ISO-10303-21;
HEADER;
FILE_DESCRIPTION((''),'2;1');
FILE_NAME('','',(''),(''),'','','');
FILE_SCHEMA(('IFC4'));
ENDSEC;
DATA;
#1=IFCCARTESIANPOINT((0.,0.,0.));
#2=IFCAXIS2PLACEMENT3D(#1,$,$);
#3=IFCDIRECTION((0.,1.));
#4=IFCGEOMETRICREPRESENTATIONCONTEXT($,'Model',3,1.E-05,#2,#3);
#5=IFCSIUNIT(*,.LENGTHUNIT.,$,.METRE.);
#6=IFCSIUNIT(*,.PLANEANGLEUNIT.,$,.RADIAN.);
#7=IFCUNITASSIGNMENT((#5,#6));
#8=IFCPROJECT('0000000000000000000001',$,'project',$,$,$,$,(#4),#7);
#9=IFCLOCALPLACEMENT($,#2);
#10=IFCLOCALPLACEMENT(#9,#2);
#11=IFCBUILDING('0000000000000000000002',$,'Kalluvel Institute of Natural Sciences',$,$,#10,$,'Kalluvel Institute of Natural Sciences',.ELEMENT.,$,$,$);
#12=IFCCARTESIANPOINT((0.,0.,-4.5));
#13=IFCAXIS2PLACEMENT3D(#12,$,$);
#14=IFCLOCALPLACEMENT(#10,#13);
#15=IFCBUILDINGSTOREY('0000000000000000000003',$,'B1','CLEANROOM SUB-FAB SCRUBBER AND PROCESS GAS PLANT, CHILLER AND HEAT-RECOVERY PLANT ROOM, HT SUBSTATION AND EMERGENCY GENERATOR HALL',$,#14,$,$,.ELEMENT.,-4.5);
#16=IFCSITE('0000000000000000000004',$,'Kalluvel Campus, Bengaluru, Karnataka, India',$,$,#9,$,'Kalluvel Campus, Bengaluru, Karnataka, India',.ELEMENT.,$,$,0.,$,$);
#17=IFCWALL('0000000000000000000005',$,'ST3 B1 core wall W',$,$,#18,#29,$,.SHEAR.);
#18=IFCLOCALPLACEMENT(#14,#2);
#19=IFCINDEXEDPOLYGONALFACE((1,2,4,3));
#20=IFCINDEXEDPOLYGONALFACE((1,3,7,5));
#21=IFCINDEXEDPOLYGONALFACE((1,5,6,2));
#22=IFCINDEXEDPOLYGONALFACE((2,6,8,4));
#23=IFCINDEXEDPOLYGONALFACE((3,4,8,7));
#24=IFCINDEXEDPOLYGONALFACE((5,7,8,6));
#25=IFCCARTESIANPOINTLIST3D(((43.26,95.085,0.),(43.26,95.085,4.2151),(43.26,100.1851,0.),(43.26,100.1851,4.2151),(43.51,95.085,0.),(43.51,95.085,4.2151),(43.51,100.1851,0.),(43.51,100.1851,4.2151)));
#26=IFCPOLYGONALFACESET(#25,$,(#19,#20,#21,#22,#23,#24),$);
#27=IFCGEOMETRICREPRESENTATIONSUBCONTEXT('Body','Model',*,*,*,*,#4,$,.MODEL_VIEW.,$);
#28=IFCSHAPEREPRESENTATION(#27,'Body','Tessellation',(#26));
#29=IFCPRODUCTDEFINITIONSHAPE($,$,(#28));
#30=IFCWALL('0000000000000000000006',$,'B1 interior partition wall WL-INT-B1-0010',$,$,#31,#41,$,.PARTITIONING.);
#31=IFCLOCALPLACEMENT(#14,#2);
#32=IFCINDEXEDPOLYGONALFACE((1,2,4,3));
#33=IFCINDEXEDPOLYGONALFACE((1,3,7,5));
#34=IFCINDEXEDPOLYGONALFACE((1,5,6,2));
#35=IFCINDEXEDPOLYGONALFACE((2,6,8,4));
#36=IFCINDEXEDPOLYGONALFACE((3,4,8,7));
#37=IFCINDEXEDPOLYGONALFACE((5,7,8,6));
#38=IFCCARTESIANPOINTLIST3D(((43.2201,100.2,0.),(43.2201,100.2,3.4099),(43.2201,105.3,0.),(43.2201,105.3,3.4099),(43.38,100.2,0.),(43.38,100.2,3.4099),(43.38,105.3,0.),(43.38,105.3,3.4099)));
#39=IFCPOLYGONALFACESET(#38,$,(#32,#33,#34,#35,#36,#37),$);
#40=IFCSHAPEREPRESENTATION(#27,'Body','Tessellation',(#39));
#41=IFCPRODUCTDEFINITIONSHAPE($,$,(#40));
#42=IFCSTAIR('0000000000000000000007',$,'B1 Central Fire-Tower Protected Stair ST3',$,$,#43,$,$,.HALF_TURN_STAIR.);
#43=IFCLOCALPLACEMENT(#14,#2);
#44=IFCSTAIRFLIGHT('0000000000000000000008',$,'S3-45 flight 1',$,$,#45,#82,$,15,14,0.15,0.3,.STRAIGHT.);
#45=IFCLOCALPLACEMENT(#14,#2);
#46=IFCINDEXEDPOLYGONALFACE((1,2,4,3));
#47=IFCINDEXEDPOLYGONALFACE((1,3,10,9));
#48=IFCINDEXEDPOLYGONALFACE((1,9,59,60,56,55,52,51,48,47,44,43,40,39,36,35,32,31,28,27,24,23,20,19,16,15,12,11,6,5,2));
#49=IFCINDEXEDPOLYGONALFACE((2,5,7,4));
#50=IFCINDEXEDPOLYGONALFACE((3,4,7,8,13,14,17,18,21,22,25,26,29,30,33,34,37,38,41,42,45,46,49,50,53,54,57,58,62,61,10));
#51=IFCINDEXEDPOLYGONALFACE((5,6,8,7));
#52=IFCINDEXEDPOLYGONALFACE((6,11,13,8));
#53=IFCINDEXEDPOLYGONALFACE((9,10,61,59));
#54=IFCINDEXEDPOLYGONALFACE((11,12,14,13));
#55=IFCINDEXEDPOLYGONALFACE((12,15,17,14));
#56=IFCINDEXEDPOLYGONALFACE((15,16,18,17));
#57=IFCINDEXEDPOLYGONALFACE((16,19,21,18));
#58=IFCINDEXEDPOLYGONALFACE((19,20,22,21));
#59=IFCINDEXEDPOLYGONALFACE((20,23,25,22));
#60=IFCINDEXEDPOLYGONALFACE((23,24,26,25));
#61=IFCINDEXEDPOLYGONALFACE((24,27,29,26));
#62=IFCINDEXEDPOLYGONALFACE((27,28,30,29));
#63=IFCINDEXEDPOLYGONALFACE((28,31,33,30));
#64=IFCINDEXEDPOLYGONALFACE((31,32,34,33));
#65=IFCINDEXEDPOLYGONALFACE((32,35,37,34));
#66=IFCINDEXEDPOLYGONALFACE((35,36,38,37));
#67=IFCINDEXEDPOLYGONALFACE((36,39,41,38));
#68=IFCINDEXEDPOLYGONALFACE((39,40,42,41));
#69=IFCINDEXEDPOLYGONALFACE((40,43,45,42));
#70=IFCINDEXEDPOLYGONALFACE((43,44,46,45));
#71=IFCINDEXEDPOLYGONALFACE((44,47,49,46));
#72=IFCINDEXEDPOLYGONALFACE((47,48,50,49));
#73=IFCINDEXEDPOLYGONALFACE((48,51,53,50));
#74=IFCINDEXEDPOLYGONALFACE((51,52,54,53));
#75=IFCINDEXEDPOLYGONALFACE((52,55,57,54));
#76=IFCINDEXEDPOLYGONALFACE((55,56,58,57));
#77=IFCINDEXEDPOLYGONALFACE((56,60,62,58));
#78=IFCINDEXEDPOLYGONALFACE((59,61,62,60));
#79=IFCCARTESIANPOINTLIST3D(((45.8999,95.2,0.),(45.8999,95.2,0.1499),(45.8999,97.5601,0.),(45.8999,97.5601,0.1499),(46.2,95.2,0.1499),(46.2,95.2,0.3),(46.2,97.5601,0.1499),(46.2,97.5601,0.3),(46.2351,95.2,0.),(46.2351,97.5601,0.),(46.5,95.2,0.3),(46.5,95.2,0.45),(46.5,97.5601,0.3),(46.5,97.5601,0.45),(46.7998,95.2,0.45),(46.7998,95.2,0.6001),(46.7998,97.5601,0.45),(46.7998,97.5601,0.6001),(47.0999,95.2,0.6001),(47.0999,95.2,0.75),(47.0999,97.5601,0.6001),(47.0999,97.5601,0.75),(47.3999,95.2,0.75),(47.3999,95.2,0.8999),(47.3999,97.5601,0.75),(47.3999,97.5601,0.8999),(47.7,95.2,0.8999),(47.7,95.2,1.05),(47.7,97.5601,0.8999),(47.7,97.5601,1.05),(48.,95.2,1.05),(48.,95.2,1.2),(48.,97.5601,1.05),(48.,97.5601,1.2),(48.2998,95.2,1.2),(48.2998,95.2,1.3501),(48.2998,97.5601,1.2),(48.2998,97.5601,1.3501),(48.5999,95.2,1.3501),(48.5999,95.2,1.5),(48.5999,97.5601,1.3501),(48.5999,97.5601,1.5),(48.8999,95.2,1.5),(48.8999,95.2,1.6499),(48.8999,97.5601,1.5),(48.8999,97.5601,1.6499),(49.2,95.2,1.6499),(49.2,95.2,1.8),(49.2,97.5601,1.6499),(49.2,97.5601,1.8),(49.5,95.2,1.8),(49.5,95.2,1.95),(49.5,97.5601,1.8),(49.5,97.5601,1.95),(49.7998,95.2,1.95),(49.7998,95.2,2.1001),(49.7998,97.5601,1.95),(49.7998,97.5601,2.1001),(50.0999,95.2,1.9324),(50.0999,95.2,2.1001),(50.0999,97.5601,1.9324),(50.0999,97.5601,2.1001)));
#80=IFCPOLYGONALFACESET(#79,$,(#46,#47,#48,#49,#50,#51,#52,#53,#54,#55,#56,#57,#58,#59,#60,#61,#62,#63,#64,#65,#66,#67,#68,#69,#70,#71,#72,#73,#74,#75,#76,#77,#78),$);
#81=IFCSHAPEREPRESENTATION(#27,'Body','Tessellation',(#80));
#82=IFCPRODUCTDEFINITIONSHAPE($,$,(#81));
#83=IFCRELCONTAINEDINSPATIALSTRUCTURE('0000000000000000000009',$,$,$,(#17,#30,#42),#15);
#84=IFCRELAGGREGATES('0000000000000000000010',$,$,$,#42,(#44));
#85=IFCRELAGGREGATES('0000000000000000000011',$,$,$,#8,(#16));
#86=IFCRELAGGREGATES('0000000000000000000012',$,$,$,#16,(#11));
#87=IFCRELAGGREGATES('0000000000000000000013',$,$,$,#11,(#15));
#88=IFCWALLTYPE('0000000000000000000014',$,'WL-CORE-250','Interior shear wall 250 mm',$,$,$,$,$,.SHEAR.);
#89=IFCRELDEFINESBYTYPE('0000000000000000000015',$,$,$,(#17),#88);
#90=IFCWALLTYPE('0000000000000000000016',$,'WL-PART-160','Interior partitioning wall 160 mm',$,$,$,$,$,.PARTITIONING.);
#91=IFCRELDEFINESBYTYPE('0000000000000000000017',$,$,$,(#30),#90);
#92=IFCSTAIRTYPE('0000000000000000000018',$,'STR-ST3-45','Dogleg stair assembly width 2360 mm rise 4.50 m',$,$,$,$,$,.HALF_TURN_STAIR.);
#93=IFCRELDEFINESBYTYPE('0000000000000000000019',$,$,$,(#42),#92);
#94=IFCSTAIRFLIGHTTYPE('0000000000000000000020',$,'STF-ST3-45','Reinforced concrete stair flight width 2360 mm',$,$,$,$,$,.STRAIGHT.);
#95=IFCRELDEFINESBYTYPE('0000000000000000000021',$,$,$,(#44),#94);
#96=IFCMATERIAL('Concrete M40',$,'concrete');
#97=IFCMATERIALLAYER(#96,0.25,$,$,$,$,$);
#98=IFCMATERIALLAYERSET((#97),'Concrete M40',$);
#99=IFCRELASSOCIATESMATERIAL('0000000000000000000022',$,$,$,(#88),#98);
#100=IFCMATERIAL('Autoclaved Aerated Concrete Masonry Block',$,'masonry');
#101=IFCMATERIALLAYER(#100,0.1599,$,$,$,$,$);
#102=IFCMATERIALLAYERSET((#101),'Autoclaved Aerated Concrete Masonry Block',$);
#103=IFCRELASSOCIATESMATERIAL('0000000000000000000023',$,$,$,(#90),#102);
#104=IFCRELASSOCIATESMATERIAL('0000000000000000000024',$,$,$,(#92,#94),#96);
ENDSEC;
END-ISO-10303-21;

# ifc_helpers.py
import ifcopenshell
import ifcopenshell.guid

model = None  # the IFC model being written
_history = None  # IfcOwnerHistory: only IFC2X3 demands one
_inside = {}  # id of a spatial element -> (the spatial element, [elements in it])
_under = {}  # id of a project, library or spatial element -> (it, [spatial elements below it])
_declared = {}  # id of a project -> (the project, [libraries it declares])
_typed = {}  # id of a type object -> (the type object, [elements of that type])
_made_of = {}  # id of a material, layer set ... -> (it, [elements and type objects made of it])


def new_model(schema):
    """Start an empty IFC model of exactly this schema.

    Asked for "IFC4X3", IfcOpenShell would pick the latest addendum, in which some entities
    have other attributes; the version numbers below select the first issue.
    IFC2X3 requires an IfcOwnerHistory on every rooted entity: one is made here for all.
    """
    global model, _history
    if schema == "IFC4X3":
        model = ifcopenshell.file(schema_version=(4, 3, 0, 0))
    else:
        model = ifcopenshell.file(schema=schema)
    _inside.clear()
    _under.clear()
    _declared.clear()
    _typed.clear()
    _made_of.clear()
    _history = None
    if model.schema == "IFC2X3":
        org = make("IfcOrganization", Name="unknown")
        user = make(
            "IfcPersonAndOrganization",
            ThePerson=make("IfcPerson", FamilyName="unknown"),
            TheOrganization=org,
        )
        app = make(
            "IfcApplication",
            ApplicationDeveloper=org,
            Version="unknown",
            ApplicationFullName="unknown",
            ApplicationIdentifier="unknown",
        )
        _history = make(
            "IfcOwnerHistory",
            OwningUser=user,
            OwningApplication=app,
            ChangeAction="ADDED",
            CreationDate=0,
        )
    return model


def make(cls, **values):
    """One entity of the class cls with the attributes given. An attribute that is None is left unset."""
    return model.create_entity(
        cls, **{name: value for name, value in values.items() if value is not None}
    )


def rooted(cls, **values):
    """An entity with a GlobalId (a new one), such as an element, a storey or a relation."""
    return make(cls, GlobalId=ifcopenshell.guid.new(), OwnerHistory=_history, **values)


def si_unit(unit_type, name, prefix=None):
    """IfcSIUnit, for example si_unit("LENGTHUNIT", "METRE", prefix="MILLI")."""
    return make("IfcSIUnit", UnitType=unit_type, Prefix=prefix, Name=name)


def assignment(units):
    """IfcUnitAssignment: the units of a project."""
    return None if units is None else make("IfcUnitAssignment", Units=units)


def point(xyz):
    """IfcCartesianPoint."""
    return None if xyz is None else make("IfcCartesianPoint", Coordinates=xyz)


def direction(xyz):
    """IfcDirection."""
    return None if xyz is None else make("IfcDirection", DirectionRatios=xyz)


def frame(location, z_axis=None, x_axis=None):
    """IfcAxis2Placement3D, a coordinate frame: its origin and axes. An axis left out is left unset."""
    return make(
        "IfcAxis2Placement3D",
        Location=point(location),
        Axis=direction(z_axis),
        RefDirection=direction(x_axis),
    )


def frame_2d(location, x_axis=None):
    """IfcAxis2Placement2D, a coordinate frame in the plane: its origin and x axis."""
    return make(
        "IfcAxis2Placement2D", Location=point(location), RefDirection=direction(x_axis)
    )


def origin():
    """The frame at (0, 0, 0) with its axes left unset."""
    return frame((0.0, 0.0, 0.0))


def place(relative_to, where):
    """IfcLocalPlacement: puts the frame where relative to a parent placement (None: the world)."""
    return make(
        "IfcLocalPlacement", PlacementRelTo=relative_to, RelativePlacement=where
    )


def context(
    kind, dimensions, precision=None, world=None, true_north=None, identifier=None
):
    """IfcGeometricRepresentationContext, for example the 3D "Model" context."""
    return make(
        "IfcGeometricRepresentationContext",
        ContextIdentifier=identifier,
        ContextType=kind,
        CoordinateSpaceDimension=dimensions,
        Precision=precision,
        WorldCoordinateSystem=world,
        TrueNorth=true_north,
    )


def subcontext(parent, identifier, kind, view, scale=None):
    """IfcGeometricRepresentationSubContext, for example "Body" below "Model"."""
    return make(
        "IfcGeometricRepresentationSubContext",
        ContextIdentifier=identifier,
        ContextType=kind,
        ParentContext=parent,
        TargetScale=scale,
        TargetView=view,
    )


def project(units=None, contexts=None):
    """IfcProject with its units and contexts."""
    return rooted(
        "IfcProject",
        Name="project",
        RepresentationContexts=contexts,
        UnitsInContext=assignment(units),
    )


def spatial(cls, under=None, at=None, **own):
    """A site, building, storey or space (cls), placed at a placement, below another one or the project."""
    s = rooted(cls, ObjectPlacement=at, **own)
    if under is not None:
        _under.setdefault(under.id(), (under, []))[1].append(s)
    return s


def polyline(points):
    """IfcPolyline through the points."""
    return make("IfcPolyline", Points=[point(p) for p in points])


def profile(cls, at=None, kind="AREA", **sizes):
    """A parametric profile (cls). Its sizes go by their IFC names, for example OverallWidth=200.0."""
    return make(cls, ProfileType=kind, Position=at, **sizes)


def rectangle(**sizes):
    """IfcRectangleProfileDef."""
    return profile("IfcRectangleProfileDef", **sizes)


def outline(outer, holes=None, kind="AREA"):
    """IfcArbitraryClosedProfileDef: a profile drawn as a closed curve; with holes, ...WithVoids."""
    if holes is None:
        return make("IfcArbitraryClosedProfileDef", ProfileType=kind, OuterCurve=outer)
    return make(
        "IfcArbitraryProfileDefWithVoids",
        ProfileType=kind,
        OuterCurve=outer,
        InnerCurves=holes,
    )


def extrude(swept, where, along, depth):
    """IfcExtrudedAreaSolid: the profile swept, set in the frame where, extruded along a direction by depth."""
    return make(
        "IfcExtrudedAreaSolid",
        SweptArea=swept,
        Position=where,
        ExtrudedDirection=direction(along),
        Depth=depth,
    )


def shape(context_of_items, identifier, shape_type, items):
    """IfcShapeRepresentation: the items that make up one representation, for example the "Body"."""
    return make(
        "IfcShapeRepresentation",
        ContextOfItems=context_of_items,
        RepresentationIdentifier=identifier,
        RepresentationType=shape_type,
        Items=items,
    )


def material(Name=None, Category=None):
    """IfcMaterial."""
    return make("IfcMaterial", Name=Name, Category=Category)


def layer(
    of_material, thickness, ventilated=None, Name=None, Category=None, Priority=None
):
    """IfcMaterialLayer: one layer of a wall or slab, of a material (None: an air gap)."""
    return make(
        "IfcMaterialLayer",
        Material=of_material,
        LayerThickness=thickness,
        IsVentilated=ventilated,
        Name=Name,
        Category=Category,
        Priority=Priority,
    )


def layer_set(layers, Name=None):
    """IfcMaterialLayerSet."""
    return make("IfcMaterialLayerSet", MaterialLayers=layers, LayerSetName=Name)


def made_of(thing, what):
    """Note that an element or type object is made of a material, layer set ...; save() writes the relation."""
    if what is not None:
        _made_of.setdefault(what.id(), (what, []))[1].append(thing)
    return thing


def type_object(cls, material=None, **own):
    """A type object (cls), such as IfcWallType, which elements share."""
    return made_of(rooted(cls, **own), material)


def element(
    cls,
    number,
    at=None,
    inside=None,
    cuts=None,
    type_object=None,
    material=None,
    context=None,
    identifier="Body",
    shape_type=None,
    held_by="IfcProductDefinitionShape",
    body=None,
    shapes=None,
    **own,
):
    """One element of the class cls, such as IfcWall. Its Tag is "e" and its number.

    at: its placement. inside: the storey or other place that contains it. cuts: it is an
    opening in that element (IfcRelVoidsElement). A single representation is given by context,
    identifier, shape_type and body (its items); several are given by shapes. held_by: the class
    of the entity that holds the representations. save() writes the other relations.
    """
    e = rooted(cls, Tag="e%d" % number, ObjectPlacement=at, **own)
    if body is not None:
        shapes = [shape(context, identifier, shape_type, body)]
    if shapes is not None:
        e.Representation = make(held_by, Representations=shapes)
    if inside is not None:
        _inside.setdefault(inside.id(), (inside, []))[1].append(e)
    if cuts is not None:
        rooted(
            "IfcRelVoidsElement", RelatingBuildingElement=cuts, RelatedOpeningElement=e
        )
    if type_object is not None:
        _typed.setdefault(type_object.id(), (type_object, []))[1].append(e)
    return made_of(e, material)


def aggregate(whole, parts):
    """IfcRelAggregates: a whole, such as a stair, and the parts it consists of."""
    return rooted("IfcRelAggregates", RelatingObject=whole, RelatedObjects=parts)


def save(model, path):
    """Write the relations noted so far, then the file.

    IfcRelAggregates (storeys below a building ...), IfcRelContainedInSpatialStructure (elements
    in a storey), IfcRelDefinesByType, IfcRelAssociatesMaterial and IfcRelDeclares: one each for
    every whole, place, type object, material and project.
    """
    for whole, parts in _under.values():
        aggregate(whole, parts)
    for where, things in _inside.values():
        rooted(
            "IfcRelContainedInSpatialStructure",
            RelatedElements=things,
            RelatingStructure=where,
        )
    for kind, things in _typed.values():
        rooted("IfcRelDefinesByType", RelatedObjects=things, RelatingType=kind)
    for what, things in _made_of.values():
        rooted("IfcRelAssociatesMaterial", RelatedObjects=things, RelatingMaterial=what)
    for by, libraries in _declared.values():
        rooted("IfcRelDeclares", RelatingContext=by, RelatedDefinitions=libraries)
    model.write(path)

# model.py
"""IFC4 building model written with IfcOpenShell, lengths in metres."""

from ifc_helpers import new_model, si_unit, direction, frame, frame_2d, origin, place, context, subcontext, project, spatial, polyline, rectangle, outline, extrude, material, layer, layer_set, type_object, element, aggregate, save


model = new_model("IFC4")

# Units and contexts
model_context = context("Model", 3, precision=1e-05, world=origin(), true_north=direction((0.0, 1.0)))
body_context = subcontext(model_context, "Body", "Model", "MODEL_VIEW")
ifc_project = project(units=[si_unit("LENGTHUNIT", "METRE"), si_unit("PLANEANGLEUNIT", "RADIAN")], contexts=[model_context])

# Site, building, storey
site_placement = place(None, origin())
site = spatial("IfcSite", under=ifc_project, at=site_placement, Name="Kalluvel Campus, Bengaluru, Karnataka, India", LongName="Kalluvel Campus, Bengaluru, Karnataka, India", CompositionType="ELEMENT", RefElevation=0.0)
building_placement = place(site_placement, origin())
building = spatial("IfcBuilding", under=site, at=building_placement, Name="Kalluvel Institute of Natural Sciences", LongName="Kalluvel Institute of Natural Sciences", CompositionType="ELEMENT")
storey_placement = place(building_placement, frame((0.0, 0.0, -4.5)))
storey = spatial("IfcBuildingStorey", under=building, at=storey_placement, Name="B1", Description="CLEANROOM SUB-FAB SCRUBBER AND PROCESS GAS PLANT, CHILLER AND HEAT-RECOVERY PLANT ROOM, HT SUBSTATION AND EMERGENCY GENERATOR HALL", CompositionType="ELEMENT", Elevation=-4.5)

# Shared definitions
ifc_material_1 = material(Name="Concrete M40", Category="concrete")

# Walls
ifc_layer_1 = layer(ifc_material_1, 0.25)
ifc_layer_set_1 = layer_set([ifc_layer_1], Name="Concrete M40")
wall_type_1 = type_object("IfcWallType", Name="WL-CORE-250", Description="Interior shear wall 250 mm", PredefinedType="SHEAR", material=ifc_layer_set_1)
wall_1_placement = place(storey_placement, frame((43.385, 100.1851, 0.0), z_axis=(0.0, 0.0, 1.0), x_axis=(0.0, -1.0, 0.0)))
element("IfcWall", 1, at=wall_1_placement, inside=storey, type_object=wall_type_1, Name="ST3 B1 core wall W", PredefinedType="SHEAR", context=body_context, shape_type="SweptSolid", body=[
    extrude(rectangle(XDim=5.1001, YDim=0.25, at=frame_2d((2.55, 0.0))), origin(), (0.0, 0.0, 1.0), 4.2151),
])
ifc_material_2 = material(Name="Autoclaved Aerated Concrete Masonry Block", Category="masonry")
ifc_layer_2 = layer(ifc_material_2, 0.1599)
ifc_layer_set_2 = layer_set([ifc_layer_2], Name="Autoclaved Aerated Concrete Masonry Block")
wall_type_2 = type_object("IfcWallType", Name="WL-PART-160", Description="Interior partitioning wall 160 mm", PredefinedType="PARTITIONING", material=ifc_layer_set_2)
wall_2_placement = place(storey_placement, frame((43.3, 100.2, 0.0), z_axis=(0.0, 0.0, 1.0), x_axis=(0.0, 1.0, 0.0)))
element("IfcWall", 2, at=wall_2_placement, inside=storey, type_object=wall_type_2, Name="B1 interior partition wall WL-INT-B1-0010", PredefinedType="PARTITIONING", context=body_context, shape_type="SweptSolid", body=[
    extrude(rectangle(XDim=5.1001, YDim=0.1599, at=frame_2d((2.55, 0.0))), origin(), (0.0, 0.0, 1.0), 3.4099),
])

# Stair, stair flight
stair_type = type_object("IfcStairType", Name="STR-ST3-45", Description="Dogleg stair assembly width 2360 mm rise 4.50 m", PredefinedType="HALF_TURN_STAIR", material=ifc_material_1)
stair_placement = place(storey_placement, origin())
stair = element("IfcStair", 3, at=stair_placement, inside=storey, type_object=stair_type, Name="B1 Central Fire-Tower Protected Stair ST3", PredefinedType="HALF_TURN_STAIR")
stair_flight_type = type_object("IfcStairFlightType", Name="STF-ST3-45", Description="Reinforced concrete stair flight width 2360 mm", PredefinedType="STRAIGHT", material=ifc_material_1)
stair_flight_placement = place(storey_placement, frame((45.8999, 96.3799, 0.0), z_axis=(0.0, 0.0, 1.0), x_axis=(1.0, 0.0, 0.0)))
stair_flight = element("IfcStairFlight", 4, at=stair_flight_placement, type_object=stair_flight_type, Name="S3-45 flight 1", NumberOfRisers=15, NumberOfTreads=14, PredefinedType="STRAIGHT", RiserHeight=0.15, TreadLength=0.3, context=body_context, shape_type="SweptSolid", body=[
    extrude(outline(polyline([(0.0, 0.0), (0.0, 0.1499), (0.3, 0.1499), (0.3, 0.3), (0.6001, 0.3), (0.6001, 0.45), (0.8999, 0.45), (0.8999, 0.6001), (1.2, 0.6001), (1.2, 0.75), (1.5, 0.75), (1.5, 0.8999), (1.8, 0.8999), (1.8, 1.05), (2.1001, 1.05), (2.1001, 1.2), (2.3999, 1.2), (2.3999, 1.3501), (2.7, 1.3501), (2.7, 1.5), (3.0, 1.5), (3.0, 1.6499), (3.3, 1.6499), (3.3, 1.8), (3.6001, 1.8), (3.6001, 1.95), (3.8999, 1.95), (3.8999, 2.1001), (4.2, 2.1001), (4.2, 2.25), (4.2, 1.9324), (0.3352, 0.0), (0.0, 0.0)])), frame((0.0, 1.1802, 0.0), z_axis=(0.0, -1.0, 0.0), x_axis=(1.0, 0.0, 0.0)), (0.0, 0.0, 1.0), 2.3601),
])
aggregate(stair, [stair_flight])

save(model, "model.ifc")
